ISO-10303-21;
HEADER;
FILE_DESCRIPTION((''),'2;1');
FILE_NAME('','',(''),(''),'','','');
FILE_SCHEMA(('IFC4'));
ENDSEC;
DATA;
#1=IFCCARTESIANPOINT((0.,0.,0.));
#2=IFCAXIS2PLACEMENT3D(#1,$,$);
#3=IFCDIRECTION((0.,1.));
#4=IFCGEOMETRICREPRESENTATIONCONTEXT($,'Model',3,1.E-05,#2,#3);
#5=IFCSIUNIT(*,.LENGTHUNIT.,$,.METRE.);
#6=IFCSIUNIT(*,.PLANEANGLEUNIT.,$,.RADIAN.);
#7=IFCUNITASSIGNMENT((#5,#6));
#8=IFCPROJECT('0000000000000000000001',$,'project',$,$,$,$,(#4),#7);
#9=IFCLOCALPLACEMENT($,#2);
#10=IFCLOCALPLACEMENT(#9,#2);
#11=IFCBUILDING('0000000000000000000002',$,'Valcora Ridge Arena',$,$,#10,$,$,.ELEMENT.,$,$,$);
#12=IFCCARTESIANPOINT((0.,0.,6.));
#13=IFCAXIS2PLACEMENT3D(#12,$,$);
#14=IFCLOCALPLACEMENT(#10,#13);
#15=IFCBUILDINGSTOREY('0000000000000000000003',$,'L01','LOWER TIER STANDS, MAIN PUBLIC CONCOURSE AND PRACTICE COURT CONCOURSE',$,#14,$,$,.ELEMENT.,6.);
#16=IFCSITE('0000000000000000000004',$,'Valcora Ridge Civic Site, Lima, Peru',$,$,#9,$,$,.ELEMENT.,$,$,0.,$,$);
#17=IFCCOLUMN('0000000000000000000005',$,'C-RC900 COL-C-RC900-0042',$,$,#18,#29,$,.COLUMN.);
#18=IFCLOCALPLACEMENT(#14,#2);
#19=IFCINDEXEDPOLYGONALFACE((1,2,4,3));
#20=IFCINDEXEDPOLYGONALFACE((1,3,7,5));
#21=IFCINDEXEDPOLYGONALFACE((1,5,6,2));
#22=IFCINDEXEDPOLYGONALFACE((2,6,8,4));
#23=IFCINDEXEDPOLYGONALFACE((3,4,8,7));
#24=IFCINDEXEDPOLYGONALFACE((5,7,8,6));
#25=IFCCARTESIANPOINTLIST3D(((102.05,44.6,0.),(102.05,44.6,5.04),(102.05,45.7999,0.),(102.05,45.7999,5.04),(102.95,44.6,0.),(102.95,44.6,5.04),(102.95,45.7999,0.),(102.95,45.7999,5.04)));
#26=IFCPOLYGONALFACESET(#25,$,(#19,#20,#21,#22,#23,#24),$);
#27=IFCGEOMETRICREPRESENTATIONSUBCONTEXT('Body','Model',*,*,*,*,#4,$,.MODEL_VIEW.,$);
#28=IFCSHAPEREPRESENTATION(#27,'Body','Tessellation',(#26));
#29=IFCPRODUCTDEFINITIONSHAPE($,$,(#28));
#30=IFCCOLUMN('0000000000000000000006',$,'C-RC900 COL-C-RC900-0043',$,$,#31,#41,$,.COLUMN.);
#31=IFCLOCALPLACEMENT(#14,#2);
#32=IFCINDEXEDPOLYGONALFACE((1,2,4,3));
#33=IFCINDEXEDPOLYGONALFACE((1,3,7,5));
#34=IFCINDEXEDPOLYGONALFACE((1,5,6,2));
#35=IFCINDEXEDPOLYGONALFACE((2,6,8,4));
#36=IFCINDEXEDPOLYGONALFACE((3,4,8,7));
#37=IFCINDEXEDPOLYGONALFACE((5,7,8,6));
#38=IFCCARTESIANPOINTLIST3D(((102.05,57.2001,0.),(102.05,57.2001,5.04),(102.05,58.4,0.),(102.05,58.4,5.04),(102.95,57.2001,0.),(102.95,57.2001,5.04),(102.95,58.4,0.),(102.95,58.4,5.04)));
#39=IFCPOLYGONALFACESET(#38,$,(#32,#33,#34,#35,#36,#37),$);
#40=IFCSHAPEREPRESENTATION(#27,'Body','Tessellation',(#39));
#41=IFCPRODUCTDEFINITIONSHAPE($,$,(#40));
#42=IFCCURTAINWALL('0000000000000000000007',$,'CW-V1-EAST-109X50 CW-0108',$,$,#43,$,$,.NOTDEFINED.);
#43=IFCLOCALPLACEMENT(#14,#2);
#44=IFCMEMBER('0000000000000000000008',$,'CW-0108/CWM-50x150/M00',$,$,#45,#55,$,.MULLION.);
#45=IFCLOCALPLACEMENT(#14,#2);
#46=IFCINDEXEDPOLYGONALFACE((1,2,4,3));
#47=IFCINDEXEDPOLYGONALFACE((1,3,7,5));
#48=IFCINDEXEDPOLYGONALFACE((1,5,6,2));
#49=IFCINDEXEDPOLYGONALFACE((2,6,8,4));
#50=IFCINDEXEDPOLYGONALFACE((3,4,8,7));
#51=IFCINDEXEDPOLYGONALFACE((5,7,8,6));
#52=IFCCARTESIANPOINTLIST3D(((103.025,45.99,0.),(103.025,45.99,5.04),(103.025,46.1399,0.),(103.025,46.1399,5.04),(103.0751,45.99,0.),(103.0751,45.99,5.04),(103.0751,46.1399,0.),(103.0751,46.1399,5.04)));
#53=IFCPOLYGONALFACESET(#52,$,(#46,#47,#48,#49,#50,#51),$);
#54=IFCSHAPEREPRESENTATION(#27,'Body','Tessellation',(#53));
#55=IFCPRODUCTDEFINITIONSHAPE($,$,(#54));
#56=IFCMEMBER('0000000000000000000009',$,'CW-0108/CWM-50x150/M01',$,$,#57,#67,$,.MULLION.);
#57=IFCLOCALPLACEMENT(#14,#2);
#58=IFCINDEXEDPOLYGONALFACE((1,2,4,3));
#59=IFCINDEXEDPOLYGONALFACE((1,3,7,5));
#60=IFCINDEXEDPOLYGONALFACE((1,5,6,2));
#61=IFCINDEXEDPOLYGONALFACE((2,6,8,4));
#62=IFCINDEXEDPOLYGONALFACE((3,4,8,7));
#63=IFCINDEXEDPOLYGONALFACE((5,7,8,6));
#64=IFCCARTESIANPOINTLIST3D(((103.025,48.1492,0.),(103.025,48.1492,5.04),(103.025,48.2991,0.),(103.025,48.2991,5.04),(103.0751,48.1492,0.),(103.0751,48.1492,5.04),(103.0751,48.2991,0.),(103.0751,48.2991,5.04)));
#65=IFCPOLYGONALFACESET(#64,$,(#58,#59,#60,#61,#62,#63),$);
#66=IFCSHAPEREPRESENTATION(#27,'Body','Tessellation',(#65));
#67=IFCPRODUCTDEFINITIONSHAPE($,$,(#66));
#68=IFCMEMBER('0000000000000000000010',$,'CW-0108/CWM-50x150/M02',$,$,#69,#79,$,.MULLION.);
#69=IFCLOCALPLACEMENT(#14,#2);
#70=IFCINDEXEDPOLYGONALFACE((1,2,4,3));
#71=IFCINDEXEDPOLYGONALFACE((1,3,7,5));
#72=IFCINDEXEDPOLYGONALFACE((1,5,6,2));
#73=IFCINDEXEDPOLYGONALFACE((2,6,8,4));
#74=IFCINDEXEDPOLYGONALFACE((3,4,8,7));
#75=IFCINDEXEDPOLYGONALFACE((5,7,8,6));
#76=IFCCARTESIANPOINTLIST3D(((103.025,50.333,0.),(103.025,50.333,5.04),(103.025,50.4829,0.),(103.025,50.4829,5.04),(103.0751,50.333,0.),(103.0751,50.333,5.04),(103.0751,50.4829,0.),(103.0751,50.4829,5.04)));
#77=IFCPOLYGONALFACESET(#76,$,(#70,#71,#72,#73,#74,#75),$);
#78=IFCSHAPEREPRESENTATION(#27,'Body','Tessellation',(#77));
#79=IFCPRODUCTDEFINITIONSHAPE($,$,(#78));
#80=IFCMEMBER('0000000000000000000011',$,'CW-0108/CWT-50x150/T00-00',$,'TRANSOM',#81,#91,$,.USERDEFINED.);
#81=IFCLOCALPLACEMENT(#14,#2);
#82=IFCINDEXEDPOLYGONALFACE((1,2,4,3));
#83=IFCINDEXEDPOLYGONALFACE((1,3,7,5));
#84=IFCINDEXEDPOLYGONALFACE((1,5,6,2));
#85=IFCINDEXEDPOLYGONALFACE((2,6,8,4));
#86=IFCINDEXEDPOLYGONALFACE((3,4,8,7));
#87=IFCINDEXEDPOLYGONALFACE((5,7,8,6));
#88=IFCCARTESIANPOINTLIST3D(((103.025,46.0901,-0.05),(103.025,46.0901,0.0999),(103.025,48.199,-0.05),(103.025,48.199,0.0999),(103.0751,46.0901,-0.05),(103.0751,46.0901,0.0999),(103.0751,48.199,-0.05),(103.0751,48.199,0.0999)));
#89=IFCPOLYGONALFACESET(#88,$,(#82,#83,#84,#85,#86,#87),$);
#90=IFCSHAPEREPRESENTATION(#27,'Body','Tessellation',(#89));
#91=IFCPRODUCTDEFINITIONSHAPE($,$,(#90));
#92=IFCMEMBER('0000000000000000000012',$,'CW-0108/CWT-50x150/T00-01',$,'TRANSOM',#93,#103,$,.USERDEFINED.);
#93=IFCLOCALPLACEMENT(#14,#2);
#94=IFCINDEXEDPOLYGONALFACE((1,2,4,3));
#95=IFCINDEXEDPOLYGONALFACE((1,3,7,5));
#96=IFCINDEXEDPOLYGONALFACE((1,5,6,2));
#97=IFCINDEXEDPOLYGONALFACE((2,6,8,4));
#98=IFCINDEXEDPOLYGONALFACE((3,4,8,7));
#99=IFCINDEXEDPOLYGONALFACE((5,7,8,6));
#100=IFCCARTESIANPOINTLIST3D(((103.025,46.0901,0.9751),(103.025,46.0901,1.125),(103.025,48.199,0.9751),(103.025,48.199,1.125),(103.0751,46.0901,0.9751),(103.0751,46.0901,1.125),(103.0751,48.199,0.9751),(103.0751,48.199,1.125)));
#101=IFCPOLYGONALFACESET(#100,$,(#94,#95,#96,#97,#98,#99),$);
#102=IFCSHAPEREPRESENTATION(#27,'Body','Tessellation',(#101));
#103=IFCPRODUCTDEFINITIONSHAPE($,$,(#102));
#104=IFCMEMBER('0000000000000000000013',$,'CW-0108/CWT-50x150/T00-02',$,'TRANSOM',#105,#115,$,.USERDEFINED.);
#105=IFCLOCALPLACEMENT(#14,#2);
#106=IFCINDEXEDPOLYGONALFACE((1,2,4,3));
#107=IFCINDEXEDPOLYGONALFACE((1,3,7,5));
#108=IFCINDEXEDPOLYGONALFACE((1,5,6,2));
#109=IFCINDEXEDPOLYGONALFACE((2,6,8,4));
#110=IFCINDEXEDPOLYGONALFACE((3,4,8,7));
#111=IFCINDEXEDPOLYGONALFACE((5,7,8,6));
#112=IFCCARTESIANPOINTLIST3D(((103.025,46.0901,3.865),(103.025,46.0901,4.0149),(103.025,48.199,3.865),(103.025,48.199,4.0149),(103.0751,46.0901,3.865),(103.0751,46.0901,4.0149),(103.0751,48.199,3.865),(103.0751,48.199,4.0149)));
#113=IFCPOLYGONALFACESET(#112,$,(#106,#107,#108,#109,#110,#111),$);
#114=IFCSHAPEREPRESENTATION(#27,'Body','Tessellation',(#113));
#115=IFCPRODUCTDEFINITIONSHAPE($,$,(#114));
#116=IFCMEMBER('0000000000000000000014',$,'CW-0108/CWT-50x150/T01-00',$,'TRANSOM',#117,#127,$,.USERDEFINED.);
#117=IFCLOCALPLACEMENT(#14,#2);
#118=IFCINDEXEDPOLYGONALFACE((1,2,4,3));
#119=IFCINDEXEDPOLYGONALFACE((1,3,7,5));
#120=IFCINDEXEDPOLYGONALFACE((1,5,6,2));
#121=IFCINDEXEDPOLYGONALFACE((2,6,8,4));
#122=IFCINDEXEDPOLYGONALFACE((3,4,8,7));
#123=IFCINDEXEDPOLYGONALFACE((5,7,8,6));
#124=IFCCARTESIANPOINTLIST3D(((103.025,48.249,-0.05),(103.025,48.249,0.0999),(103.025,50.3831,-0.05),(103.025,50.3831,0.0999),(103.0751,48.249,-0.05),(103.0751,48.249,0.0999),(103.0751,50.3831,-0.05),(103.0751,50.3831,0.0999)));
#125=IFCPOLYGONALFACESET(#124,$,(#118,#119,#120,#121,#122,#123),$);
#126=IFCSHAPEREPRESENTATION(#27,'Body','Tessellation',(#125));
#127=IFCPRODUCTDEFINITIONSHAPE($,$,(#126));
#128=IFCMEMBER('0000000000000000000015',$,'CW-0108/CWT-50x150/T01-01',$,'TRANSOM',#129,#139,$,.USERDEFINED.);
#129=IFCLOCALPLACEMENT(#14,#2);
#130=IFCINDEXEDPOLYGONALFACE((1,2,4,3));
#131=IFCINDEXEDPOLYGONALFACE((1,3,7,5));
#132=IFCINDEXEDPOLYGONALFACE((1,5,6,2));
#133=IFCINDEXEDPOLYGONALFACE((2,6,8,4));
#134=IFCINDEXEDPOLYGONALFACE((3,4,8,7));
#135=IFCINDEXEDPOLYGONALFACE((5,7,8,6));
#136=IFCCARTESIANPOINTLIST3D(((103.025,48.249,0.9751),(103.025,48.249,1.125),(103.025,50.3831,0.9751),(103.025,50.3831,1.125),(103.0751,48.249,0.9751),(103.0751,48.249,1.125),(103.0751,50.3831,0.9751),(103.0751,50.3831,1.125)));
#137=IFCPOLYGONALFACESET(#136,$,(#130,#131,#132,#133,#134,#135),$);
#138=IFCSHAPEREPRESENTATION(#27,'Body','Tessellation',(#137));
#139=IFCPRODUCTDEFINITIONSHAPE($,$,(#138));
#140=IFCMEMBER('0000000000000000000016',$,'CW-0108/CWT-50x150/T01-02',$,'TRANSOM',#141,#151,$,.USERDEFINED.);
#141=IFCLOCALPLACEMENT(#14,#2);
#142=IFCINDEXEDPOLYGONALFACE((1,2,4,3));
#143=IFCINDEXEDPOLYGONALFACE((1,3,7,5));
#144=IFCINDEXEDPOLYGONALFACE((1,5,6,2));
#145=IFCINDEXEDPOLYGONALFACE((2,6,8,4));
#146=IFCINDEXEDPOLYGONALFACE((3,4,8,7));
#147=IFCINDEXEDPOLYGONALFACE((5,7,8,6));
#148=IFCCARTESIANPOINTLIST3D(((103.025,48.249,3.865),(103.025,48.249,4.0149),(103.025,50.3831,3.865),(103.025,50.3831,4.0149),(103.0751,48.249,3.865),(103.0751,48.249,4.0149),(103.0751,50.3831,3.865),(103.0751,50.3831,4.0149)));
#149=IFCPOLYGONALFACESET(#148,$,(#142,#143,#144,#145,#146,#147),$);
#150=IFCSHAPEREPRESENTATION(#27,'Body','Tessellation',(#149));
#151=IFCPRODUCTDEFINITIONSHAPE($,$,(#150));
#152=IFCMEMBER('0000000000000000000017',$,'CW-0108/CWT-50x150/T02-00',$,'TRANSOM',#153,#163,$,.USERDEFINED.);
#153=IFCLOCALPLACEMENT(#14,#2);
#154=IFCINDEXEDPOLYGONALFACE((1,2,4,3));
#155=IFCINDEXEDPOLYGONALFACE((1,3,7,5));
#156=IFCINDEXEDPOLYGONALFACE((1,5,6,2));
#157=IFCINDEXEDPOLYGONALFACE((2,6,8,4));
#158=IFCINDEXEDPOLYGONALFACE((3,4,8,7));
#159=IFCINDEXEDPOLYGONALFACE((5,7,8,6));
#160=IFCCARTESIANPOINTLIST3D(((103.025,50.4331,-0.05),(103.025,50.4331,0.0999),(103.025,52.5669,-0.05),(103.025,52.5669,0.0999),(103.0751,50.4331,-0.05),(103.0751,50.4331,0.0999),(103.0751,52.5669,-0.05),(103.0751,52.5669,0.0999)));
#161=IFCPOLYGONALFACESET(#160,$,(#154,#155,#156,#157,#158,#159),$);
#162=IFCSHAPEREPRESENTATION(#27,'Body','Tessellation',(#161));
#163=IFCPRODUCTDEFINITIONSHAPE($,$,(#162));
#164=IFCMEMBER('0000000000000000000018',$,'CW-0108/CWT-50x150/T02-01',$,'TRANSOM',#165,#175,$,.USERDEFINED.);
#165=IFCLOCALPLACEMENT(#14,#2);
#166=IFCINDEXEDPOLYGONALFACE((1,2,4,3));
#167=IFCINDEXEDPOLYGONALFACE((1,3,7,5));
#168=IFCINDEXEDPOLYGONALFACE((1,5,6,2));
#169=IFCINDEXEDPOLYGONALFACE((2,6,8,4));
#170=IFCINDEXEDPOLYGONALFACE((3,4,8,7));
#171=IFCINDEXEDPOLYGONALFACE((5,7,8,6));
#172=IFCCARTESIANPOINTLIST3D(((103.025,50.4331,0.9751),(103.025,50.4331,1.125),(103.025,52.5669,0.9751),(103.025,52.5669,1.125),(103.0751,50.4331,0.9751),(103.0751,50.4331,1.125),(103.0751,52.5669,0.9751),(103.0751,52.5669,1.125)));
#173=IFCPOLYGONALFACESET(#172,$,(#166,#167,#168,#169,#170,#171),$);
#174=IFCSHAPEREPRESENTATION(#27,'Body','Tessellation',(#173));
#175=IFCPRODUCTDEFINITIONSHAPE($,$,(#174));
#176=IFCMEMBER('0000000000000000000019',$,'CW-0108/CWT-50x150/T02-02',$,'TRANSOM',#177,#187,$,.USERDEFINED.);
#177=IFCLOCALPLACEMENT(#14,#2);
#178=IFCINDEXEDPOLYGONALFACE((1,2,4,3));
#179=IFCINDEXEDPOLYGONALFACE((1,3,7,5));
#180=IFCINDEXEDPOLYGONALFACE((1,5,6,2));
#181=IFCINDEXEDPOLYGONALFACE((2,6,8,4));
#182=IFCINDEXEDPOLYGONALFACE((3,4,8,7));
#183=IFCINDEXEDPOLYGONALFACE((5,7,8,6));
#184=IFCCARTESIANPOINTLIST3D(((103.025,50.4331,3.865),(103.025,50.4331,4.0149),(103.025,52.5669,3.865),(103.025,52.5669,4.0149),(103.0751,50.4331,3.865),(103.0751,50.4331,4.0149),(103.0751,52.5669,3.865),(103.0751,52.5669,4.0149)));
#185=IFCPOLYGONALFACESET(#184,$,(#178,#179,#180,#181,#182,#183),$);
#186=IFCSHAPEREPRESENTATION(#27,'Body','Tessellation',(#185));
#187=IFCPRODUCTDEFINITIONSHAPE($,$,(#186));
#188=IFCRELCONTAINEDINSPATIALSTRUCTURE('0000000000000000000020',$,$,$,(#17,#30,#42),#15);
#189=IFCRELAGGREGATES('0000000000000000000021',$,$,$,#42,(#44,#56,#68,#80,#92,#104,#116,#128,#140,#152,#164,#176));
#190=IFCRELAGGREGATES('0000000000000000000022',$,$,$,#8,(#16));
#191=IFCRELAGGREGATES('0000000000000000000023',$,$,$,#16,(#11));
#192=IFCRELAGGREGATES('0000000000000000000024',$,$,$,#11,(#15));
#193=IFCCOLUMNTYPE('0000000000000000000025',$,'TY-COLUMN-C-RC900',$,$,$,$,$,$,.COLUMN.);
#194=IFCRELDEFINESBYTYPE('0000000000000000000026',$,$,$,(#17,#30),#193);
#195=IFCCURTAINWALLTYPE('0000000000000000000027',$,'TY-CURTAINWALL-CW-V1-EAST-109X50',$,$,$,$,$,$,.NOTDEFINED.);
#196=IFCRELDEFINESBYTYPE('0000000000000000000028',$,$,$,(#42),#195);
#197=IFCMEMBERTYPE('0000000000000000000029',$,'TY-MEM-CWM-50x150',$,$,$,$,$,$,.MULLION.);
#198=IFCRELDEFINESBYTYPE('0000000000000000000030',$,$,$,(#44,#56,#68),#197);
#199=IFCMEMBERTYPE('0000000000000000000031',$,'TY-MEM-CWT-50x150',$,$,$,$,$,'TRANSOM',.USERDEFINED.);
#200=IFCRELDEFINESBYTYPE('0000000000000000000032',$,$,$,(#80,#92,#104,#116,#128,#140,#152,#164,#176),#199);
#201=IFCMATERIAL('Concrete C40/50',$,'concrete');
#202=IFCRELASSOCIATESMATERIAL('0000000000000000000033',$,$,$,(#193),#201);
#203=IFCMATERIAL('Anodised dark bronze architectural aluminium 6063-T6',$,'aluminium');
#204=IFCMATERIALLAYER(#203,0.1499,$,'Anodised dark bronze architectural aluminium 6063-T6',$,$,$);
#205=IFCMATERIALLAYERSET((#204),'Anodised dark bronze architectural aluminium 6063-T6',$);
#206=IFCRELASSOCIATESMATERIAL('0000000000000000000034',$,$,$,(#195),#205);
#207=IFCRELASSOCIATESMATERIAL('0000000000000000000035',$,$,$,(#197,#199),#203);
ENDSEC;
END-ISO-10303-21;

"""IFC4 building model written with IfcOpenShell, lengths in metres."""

from ifc_helpers import new_model, si_unit, direction, frame, origin, origin_2d, place, context, subcontext, project, spatial, rectangle, extrude, material, layer, layer_set, material_profile, profile_set, type_object, element, aggregate, save


model = new_model("IFC4")

# Units and contexts
model_context = context("Model", 3, precision=1e-05, world=origin(), true_north=direction((0.0, 1.0)))
body_context = subcontext(model_context, "Body", "Model", "MODEL_VIEW")
ifc_project = project(units=[si_unit("LENGTHUNIT", "METRE"), si_unit("PLANEANGLEUNIT", "RADIAN")], contexts=[model_context])

# Site, building, storey
site_placement = place(None, origin())
site = spatial("IfcSite", under=ifc_project, at=site_placement, Name="Valcora Ridge Civic Site, Lima, Peru", CompositionType="ELEMENT", RefElevation=0.0)
building_placement = place(site_placement, origin())
building = spatial("IfcBuilding", under=site, at=building_placement, Name="Valcora Ridge Arena", CompositionType="ELEMENT")
storey_placement = place(building_placement, frame((0.0, 0.0, 6.0)))
storey = spatial("IfcBuildingStorey", under=building, at=storey_placement, Name="L01", Description="LOWER TIER STANDS, MAIN PUBLIC CONCOURSE AND PRACTICE COURT CONCOURSE", CompositionType="ELEMENT", Elevation=6.0)

# Columns
ifc_material_1 = material(Name="Concrete C40/50", Category="concrete")
ifc_material_profile_1 = material_profile(ifc_material_1, rectangle(XDim=0.8999, YDim=1.2, at=origin_2d()), Name="RC 900x1200")
ifc_profile_set_1 = profile_set([ifc_material_profile_1], Name="Concrete C40/50")
column_type = type_object("IfcColumnType", Name="TY-COLUMN-C-RC900", PredefinedType="COLUMN", material=ifc_profile_set_1)
for number, where, z_axis, x_axis, name in (
    (1, (102.5, 45.2, 0.0), (0.0, 0.0, 1.0), (1.0, 0.0, 0.0), "C-RC900 COL-C-RC900-0042"),
    (2, (102.5, 57.8, 0.0), (0.0, 0.0, 1.0), (1.0, 0.0, 0.0), "C-RC900 COL-C-RC900-0043"),
):
    element("IfcColumn", number, at=place(storey_placement, frame(where, z_axis=z_axis, x_axis=x_axis)), inside=storey, type_object=column_type, Name=name, PredefinedType="COLUMN", context=body_context, shape_type="SweptSolid", body=[
        extrude(rectangle(XDim=0.8999, YDim=1.2, at=origin_2d()), origin(), (0.0, 0.0, 1.0), 5.04),
    ])

# Curtain wall, members
ifc_material_2 = material(Name="Anodised dark bronze architectural aluminium 6063-T6", Category="aluminium")
ifc_layer_1 = layer(ifc_material_2, 0.1499, Name="Anodised dark bronze architectural aluminium 6063-T6")
ifc_layer_set_1 = layer_set([ifc_layer_1], Name="Anodised dark bronze architectural aluminium 6063-T6")
curtain_wall_type = type_object("IfcCurtainWallType", Name="TY-CURTAINWALL-CW-V1-EAST-109X50", PredefinedType="NOTDEFINED", material=ifc_layer_set_1)
curtain_wall_placement = place(storey_placement, origin())
curtain_wall = element("IfcCurtainWall", 3, at=curtain_wall_placement, inside=storey, type_object=curtain_wall_type, Name="CW-V1-EAST-109X50 CW-0108", PredefinedType="NOTDEFINED")
ifc_material_profile_2 = material_profile(ifc_material_2, rectangle(XDim=0.05, YDim=0.1499, at=origin_2d()), Name="ALU MULLION 50x150")
ifc_profile_set_2 = profile_set([ifc_material_profile_2], Name="Anodised dark bronze architectural aluminium 6063-T6")
member_type_1 = type_object("IfcMemberType", Name="TY-MEM-CWM-50x150", PredefinedType="MULLION", material=ifc_profile_set_2)
member_1_placement = place(storey_placement, frame((103.05, 46.0649, 0.0), z_axis=(0.0, 0.0, 1.0), x_axis=(-1.0, 0.0, 0.0)))
member_1 = element("IfcMember", 4, at=member_1_placement, type_object=member_type_1, Name="CW-0108/CWM-50x150/M00", PredefinedType="MULLION", context=body_context, shape_type="SweptSolid", body=[
    extrude(rectangle(XDim=0.05, YDim=0.1499, at=origin_2d()), origin(), (0.0, 0.0, 1.0), 5.04),
])
member_2_placement = place(storey_placement, frame((103.05, 48.2241, 0.0), z_axis=(0.0, 0.0, 1.0), x_axis=(-1.0, 0.0, 0.0)))
member_2 = element("IfcMember", 5, at=member_2_placement, type_object=member_type_1, Name="CW-0108/CWM-50x150/M01", PredefinedType="MULLION", context=body_context, shape_type="SweptSolid", body=[
    extrude(rectangle(XDim=0.05, YDim=0.1499, at=origin_2d()), origin(), (0.0, 0.0, 1.0), 5.04),
])
member_3_placement = place(storey_placement, frame((103.05, 50.408, 0.0), z_axis=(0.0, 0.0, 1.0), x_axis=(-1.0, 0.0, 0.0)))
member_3 = element("IfcMember", 6, at=member_3_placement, type_object=member_type_1, Name="CW-0108/CWM-50x150/M02", PredefinedType="MULLION", context=body_context, shape_type="SweptSolid", body=[
    extrude(rectangle(XDim=0.05, YDim=0.1499, at=origin_2d()), origin(), (0.0, 0.0, 1.0), 5.04),
])
ifc_material_profile_3 = material_profile(ifc_material_2, rectangle(XDim=0.05, YDim=0.1499, at=origin_2d()), Name="ALU TRANSOM 50x150")
ifc_profile_set_3 = profile_set([ifc_material_profile_3], Name="Anodised dark bronze architectural aluminium 6063-T6")
member_type_2 = type_object("IfcMemberType", Name="TY-MEM-CWT-50x150", ElementType="TRANSOM", PredefinedType="USERDEFINED", material=ifc_profile_set_3)
member_4_placement = place(storey_placement, frame((103.05, 46.0901, 0.0249), z_axis=(0.0, 1.0, 0.0), x_axis=(-1.0, 0.0, 0.0)))
member_4 = element("IfcMember", 7, at=member_4_placement, type_object=member_type_2, Name="CW-0108/CWT-50x150/T00-00", ObjectType="TRANSOM", PredefinedType="USERDEFINED", context=body_context, shape_type="SweptSolid", body=[
    extrude(rectangle(XDim=0.05, YDim=0.1499, at=origin_2d()), origin(), (0.0, 0.0, 1.0), 2.1089),
])
member_5_placement = place(storey_placement, frame((103.05, 46.0901, 1.05), z_axis=(0.0, 1.0, 0.0), x_axis=(-1.0, 0.0, 0.0)))
member_5 = element("IfcMember", 8, at=member_5_placement, type_object=member_type_2, Name="CW-0108/CWT-50x150/T00-01", ObjectType="TRANSOM", PredefinedType="USERDEFINED", context=body_context, shape_type="SweptSolid", body=[
    extrude(rectangle(XDim=0.05, YDim=0.1499, at=origin_2d()), origin(), (0.0, 0.0, 1.0), 2.1089),
])
member_6_placement = place(storey_placement, frame((103.05, 46.0901, 3.9399), z_axis=(0.0, 1.0, 0.0), x_axis=(-1.0, 0.0, 0.0)))
member_6 = element("IfcMember", 9, at=member_6_placement, type_object=member_type_2, Name="CW-0108/CWT-50x150/T00-02", ObjectType="TRANSOM", PredefinedType="USERDEFINED", context=body_context, shape_type="SweptSolid", body=[
    extrude(rectangle(XDim=0.05, YDim=0.1499, at=origin_2d()), origin(), (0.0, 0.0, 1.0), 2.1089),
])
member_7_placement = place(storey_placement, frame((103.05, 48.249, 0.0249), z_axis=(0.0, 1.0, 0.0), x_axis=(-1.0, 0.0, 0.0)))
member_7 = element("IfcMember", 10, at=member_7_placement, type_object=member_type_2, Name="CW-0108/CWT-50x150/T01-00", ObjectType="TRANSOM", PredefinedType="USERDEFINED", context=body_context, shape_type="SweptSolid", body=[
    extrude(rectangle(XDim=0.05, YDim=0.1499, at=origin_2d()), origin(), (0.0, 0.0, 1.0), 2.134),
])
member_8_placement = place(storey_placement, frame((103.05, 48.249, 1.05), z_axis=(0.0, 1.0, 0.0), x_axis=(-1.0, 0.0, 0.0)))
member_8 = element("IfcMember", 11, at=member_8_placement, type_object=member_type_2, Name="CW-0108/CWT-50x150/T01-01", ObjectType="TRANSOM", PredefinedType="USERDEFINED", context=body_context, shape_type="SweptSolid", body=[
    extrude(rectangle(XDim=0.05, YDim=0.1499, at=origin_2d()), origin(), (0.0, 0.0, 1.0), 2.134),
])
member_9_placement = place(storey_placement, frame((103.05, 48.249, 3.9399), z_axis=(0.0, 1.0, 0.0), x_axis=(-1.0, 0.0, 0.0)))
member_9 = element("IfcMember", 12, at=member_9_placement, type_object=member_type_2, Name="CW-0108/CWT-50x150/T01-02", ObjectType="TRANSOM", PredefinedType="USERDEFINED", context=body_context, shape_type="SweptSolid", body=[
    extrude(rectangle(XDim=0.05, YDim=0.1499, at=origin_2d()), origin(), (0.0, 0.0, 1.0), 2.134),
])
member_10_placement = place(storey_placement, frame((103.05, 50.4331, 0.0249), z_axis=(0.0, 1.0, 0.0), x_axis=(-1.0, 0.0, 0.0)))
member_10 = element("IfcMember", 13, at=member_10_placement, type_object=member_type_2, Name="CW-0108/CWT-50x150/T02-00", ObjectType="TRANSOM", PredefinedType="USERDEFINED", context=body_context, shape_type="SweptSolid", body=[
    extrude(rectangle(XDim=0.05, YDim=0.1499, at=origin_2d()), origin(), (0.0, 0.0, 1.0), 2.1338),
])
member_11_placement = place(storey_placement, frame((103.05, 50.4331, 1.05), z_axis=(0.0, 1.0, 0.0), x_axis=(-1.0, 0.0, 0.0)))
member_11 = element("IfcMember", 14, at=member_11_placement, type_object=member_type_2, Name="CW-0108/CWT-50x150/T02-01", ObjectType="TRANSOM", PredefinedType="USERDEFINED", context=body_context, shape_type="SweptSolid", body=[
    extrude(rectangle(XDim=0.05, YDim=0.1499, at=origin_2d()), origin(), (0.0, 0.0, 1.0), 2.1338),
])
member_12_placement = place(storey_placement, frame((103.05, 50.4331, 3.9399), z_axis=(0.0, 1.0, 0.0), x_axis=(-1.0, 0.0, 0.0)))
member_12 = element("IfcMember", 15, at=member_12_placement, type_object=member_type_2, Name="CW-0108/CWT-50x150/T02-02", ObjectType="TRANSOM", PredefinedType="USERDEFINED", context=body_context, shape_type="SweptSolid", body=[
    extrude(rectangle(XDim=0.05, YDim=0.1499, at=origin_2d()), origin(), (0.0, 0.0, 1.0), 2.1338),
])
aggregate(curtain_wall, [member_1, member_2, member_3, member_4, member_5, member_6, member_7, member_8, member_9, member_10, member_11, member_12])

save(model, "model.ifc")
